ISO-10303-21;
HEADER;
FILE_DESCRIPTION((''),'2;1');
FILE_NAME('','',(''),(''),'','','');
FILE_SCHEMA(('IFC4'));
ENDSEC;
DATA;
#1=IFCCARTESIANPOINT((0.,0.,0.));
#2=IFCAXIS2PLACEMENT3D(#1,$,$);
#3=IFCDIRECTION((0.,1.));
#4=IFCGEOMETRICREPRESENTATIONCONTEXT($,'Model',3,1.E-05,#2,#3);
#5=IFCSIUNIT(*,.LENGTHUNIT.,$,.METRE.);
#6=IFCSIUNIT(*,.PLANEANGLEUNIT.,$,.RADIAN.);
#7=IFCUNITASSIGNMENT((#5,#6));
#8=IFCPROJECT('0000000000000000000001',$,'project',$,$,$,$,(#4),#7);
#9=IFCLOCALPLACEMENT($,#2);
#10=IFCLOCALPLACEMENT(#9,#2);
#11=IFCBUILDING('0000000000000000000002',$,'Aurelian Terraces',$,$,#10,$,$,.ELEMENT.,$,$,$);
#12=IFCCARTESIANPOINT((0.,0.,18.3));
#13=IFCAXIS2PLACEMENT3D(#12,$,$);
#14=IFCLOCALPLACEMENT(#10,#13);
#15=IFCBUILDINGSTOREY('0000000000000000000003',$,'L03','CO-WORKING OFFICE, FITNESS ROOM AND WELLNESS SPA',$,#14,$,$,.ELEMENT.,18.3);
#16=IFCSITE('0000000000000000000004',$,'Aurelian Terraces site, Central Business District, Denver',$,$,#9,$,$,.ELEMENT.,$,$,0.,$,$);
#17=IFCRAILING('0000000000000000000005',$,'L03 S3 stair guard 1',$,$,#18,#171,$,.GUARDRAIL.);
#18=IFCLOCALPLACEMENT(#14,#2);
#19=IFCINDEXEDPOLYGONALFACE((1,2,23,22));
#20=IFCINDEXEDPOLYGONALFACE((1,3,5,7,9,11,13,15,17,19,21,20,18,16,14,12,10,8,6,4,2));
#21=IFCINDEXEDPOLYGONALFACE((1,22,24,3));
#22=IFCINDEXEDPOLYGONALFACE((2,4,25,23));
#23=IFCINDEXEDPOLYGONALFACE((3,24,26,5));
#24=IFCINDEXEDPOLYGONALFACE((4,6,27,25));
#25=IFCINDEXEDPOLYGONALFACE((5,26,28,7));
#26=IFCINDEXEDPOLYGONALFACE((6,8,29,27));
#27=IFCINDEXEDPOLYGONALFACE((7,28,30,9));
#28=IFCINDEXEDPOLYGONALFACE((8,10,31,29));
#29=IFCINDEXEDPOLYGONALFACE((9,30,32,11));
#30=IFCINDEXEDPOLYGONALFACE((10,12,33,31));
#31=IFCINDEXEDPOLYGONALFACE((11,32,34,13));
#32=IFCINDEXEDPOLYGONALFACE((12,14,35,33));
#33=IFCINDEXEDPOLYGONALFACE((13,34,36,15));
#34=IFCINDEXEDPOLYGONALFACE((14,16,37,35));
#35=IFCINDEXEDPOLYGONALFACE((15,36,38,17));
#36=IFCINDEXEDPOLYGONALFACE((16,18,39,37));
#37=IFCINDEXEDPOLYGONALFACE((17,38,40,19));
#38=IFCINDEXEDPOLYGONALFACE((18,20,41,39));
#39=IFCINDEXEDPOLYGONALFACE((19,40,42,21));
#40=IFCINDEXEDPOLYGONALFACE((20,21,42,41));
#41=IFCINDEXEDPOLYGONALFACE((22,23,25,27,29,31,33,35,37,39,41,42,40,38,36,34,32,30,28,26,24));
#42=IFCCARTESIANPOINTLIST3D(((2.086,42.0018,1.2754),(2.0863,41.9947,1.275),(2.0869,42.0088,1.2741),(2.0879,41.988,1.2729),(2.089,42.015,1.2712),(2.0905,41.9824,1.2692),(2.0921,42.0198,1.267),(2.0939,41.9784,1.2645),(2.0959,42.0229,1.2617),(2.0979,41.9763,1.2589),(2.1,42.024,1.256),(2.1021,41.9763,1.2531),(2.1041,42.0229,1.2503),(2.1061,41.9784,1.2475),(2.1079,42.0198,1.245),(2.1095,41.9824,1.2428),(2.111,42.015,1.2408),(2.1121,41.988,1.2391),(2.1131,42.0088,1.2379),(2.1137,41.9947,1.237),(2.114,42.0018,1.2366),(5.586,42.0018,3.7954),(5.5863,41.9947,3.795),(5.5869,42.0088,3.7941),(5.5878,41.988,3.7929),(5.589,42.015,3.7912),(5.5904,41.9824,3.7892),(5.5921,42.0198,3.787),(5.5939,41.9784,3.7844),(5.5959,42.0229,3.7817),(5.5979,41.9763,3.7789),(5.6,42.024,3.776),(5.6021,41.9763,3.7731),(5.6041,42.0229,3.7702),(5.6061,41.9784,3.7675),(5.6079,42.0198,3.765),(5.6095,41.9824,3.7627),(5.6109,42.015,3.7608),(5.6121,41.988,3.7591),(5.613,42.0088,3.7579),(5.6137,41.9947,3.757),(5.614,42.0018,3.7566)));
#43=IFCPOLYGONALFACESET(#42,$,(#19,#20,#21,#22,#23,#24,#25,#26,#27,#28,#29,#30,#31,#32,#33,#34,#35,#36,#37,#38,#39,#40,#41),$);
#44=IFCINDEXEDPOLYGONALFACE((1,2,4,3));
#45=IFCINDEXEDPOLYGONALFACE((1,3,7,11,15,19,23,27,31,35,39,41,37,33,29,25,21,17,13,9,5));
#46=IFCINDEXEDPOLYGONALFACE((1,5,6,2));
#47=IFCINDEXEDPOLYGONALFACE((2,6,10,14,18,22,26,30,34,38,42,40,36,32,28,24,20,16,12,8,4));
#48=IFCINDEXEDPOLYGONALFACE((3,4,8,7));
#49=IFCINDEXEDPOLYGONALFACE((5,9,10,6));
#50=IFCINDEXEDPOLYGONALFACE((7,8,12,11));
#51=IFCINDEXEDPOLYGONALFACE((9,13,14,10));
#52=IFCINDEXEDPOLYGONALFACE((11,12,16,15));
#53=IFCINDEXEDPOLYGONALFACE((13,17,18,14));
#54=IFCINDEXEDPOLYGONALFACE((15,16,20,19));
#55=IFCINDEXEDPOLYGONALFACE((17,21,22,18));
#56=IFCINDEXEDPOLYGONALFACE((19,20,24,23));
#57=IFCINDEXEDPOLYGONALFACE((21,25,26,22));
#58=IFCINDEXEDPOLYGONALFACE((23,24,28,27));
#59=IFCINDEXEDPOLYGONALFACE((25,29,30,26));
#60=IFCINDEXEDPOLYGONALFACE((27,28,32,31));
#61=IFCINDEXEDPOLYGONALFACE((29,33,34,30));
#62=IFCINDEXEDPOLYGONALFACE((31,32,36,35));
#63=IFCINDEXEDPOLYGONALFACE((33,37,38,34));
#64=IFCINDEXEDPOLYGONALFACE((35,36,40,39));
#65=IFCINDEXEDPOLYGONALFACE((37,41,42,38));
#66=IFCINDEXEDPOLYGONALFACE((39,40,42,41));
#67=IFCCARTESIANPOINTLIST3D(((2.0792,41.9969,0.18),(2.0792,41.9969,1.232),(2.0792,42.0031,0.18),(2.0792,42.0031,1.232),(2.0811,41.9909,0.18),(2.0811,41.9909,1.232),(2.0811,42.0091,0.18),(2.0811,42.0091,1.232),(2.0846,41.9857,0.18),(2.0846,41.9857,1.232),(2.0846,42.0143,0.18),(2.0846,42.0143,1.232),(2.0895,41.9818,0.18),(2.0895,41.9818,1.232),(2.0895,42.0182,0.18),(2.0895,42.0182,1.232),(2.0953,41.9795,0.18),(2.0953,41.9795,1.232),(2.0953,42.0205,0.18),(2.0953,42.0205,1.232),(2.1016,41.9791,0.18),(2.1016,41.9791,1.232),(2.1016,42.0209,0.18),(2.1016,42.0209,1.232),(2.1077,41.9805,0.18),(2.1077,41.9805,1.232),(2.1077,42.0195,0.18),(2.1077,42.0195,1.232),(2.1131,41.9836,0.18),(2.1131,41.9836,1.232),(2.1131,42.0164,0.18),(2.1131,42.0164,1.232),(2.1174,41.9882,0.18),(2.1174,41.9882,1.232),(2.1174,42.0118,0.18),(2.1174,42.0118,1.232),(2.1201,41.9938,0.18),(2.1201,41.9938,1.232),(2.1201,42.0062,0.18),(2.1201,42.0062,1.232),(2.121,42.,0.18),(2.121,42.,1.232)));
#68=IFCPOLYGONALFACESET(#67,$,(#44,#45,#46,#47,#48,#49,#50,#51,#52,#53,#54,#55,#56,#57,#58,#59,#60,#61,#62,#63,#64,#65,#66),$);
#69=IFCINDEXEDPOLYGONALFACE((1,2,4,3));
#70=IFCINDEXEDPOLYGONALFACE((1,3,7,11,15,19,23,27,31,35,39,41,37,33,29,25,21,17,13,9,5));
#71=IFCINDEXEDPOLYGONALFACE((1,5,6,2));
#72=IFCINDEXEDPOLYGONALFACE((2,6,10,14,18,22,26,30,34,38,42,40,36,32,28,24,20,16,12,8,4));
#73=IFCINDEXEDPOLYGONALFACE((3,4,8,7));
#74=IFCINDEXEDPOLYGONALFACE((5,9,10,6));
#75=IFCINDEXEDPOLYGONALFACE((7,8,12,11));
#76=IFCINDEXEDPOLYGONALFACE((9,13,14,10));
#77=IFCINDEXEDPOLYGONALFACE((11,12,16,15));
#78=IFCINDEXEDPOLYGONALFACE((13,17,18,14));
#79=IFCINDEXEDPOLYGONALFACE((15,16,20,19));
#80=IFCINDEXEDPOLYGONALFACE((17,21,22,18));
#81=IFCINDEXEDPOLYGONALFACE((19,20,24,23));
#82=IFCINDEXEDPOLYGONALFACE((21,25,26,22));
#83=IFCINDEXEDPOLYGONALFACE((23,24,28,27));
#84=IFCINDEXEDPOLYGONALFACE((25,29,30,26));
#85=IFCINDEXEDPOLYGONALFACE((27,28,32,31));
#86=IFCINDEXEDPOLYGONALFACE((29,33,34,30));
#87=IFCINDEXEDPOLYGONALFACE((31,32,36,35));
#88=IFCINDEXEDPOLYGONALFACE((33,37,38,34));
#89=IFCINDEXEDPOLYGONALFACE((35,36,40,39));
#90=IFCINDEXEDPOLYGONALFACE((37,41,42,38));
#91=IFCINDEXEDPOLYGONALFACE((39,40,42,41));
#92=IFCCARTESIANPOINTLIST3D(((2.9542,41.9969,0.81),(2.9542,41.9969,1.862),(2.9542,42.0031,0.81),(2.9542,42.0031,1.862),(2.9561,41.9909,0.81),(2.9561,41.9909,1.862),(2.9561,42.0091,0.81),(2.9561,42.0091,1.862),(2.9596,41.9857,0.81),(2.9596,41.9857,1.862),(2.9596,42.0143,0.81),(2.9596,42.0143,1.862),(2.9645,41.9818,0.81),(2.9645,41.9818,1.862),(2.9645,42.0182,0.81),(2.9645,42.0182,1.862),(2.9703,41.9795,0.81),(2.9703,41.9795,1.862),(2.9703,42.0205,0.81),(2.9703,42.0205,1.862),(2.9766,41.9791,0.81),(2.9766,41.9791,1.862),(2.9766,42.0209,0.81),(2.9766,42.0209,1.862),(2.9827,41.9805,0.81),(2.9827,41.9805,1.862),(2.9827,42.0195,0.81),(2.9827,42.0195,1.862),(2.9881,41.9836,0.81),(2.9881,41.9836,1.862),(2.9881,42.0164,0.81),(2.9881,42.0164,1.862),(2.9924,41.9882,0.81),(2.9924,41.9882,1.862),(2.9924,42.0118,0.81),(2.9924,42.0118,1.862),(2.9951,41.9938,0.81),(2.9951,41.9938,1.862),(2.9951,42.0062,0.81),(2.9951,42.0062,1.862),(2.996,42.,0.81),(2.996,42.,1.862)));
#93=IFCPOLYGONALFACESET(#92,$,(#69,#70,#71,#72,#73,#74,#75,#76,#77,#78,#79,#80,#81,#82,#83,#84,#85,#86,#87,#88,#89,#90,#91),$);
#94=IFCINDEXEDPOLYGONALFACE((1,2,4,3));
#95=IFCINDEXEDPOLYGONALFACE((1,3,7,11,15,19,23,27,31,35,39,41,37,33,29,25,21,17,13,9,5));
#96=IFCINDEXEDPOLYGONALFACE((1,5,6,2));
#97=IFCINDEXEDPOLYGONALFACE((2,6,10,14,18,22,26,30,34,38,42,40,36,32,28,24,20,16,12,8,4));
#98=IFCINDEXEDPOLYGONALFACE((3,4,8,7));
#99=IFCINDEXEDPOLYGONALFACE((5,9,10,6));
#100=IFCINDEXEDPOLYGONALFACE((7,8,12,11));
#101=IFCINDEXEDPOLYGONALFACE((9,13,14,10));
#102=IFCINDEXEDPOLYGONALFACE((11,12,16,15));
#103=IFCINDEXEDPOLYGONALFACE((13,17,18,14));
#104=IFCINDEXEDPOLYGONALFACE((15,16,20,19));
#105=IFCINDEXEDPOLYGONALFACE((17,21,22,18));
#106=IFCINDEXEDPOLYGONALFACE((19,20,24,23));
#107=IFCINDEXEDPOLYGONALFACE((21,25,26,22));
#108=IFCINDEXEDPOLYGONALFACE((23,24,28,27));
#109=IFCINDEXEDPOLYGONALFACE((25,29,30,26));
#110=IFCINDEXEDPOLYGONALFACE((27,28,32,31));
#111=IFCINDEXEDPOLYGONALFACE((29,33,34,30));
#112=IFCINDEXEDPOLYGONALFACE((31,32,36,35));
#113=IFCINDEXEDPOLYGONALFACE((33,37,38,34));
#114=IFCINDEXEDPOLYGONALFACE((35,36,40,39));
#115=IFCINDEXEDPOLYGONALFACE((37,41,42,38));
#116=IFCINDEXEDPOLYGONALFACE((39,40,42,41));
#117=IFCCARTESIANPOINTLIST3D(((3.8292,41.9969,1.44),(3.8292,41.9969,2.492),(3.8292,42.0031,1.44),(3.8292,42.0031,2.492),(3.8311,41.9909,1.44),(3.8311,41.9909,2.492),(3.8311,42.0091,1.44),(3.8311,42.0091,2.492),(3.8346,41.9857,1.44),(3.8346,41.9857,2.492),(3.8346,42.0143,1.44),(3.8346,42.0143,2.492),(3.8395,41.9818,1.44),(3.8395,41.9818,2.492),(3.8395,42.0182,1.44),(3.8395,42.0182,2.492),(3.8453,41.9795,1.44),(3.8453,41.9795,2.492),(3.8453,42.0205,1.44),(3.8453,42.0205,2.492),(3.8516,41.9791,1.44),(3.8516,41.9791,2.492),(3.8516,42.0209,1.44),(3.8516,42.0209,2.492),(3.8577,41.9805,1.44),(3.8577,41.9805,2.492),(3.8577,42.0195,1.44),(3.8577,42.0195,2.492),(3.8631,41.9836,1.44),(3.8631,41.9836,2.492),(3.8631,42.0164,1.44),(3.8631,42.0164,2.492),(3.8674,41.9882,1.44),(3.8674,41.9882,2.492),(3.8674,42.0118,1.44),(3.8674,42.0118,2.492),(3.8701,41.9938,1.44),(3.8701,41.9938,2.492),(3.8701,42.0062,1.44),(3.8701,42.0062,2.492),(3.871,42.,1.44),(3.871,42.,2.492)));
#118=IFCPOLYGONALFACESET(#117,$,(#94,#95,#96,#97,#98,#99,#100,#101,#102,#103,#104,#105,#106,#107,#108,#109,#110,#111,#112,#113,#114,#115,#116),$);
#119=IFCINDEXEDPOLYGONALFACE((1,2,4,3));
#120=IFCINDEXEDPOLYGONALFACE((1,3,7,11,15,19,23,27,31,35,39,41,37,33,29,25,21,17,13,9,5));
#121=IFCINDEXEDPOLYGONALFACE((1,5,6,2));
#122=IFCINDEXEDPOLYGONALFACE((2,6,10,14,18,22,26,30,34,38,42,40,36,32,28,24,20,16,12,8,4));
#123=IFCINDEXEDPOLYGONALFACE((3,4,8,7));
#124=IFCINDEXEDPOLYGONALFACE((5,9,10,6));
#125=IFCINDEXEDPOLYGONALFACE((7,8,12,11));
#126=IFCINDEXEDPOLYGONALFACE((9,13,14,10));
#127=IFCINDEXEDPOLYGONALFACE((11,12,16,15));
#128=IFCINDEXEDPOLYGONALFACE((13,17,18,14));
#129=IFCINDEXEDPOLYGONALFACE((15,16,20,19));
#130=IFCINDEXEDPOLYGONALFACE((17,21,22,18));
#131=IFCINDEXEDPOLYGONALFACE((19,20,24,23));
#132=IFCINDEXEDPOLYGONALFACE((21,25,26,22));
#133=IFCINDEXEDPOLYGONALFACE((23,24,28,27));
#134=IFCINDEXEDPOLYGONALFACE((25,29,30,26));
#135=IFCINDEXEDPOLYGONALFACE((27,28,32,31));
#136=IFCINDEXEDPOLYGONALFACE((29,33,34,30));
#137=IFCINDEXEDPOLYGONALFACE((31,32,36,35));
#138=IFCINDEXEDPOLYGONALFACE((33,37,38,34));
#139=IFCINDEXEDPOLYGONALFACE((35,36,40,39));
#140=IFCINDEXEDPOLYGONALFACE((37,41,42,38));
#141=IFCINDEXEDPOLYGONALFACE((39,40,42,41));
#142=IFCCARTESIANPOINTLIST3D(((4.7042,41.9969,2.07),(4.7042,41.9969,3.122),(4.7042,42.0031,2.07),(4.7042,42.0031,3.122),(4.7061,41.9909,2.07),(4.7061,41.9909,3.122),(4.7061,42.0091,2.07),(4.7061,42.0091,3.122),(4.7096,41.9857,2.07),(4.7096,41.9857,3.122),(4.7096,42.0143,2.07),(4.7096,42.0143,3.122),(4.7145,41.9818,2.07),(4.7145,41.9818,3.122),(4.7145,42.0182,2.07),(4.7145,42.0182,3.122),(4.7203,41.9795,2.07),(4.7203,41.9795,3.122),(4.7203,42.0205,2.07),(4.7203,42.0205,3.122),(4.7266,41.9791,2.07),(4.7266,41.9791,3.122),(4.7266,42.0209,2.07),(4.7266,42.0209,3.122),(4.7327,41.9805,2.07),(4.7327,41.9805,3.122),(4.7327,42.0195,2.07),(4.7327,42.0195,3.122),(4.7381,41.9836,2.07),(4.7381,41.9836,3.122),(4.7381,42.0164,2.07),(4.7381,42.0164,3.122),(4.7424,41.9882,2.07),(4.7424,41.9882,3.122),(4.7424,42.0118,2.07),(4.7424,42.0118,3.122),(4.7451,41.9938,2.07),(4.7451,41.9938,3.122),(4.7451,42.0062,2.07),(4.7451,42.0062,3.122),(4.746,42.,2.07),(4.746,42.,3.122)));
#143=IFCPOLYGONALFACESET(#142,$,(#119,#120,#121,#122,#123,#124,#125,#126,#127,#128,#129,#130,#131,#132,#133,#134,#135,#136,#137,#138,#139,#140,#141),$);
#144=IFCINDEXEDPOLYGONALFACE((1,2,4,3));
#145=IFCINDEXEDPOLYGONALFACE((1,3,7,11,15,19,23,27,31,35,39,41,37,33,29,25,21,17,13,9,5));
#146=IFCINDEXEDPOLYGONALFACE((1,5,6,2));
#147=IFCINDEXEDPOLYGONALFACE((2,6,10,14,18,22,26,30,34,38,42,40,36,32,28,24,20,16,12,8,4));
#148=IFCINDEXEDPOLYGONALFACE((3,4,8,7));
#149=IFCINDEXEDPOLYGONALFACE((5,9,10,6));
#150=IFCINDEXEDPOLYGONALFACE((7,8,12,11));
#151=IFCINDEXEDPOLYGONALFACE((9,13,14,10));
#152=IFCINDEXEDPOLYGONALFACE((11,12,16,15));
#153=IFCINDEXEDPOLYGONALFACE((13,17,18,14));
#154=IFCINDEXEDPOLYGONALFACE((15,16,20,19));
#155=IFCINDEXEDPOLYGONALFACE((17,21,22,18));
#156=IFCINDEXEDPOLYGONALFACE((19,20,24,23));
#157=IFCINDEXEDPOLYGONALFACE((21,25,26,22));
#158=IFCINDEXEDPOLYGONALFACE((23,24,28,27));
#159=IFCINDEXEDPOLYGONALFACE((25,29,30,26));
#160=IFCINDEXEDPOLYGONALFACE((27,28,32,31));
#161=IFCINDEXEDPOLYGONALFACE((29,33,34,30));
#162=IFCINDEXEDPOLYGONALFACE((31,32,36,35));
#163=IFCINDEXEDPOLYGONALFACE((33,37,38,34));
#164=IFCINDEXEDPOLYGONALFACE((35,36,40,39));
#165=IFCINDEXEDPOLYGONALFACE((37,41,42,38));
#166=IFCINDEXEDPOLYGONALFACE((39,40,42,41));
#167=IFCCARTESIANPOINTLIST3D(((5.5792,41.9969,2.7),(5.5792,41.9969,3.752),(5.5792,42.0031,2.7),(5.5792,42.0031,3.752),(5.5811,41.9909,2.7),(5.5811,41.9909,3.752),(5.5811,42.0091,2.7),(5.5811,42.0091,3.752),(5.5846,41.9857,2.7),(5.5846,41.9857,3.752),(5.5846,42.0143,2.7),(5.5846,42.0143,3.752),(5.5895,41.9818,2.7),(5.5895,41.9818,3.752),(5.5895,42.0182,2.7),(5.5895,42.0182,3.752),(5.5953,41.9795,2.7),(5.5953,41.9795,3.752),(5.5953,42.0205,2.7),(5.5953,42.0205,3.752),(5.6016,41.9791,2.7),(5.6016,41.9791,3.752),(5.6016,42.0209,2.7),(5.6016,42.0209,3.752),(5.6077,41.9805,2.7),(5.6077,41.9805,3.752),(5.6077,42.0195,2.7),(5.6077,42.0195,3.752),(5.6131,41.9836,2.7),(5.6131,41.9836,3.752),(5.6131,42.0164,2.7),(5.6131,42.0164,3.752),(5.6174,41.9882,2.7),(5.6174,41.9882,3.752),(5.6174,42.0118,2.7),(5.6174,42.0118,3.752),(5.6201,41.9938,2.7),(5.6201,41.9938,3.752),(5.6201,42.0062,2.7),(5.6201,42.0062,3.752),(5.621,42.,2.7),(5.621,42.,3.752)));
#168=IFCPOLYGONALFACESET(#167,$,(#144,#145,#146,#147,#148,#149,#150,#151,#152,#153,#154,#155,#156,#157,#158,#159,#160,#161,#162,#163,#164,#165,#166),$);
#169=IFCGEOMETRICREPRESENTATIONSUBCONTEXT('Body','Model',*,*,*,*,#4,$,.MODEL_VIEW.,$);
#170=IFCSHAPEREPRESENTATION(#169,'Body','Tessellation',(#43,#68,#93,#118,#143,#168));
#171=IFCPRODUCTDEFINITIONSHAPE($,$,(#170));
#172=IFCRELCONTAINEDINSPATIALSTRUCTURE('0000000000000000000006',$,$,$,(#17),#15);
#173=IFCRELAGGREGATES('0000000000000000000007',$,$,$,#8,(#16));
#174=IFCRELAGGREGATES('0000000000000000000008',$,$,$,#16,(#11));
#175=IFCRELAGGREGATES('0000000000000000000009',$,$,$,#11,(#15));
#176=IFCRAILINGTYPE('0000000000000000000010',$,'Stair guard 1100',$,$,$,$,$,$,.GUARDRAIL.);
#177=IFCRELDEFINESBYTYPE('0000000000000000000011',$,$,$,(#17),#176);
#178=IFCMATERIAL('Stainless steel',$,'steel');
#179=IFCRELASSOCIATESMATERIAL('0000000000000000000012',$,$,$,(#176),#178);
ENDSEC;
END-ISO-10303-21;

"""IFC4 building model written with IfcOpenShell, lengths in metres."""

from ifc_helpers import new_model, si_unit, direction, frame, origin, origin_2d, place, context, subcontext, project, spatial, circle, extrude, source, transform, mapped, material, type_object, element, save


model = new_model("IFC4")

# Units and contexts
model_context = context("Model", 3, precision=1e-05, world=origin(), true_north=direction((0.0, 1.0)))
body_context = subcontext(model_context, "Body", "Model", "MODEL_VIEW")
ifc_project = project(units=[si_unit("LENGTHUNIT", "METRE"), si_unit("PLANEANGLEUNIT", "RADIAN")], contexts=[model_context])

# Site, building, storey
site_placement = place(None, origin())
site = spatial("IfcSite", under=ifc_project, at=site_placement, Name="Aurelian Terraces site, Central Business District, Denver", CompositionType="ELEMENT", RefElevation=0.0)
building_placement = place(site_placement, origin())
building = spatial("IfcBuilding", under=site, at=building_placement, Name="Aurelian Terraces", CompositionType="ELEMENT")
storey_placement = place(building_placement, frame((0.0, 0.0, 18.3)))
storey = spatial("IfcBuildingStorey", under=building, at=storey_placement, Name="L03", Description="CO-WORKING OFFICE, FITNESS ROOM AND WELLNESS SPA", CompositionType="ELEMENT", Elevation=18.3)

# Railing
ifc_material_1 = material(Name="Stainless steel", Category="steel")
railing_type_1 = type_object("IfcRailingType", Name="Stair guard 1100", PredefinedType="GUARDRAIL", material=ifc_material_1)
shared_shape_1 = source(origin(), body_context, "Body", "SweptSolid", [
    extrude(circle(Radius=0.024, at=origin_2d()), frame((0.0, 0.0, 1.076), z_axis=(0.811534, 0.0, 0.584305), x_axis=(0.0, 1.0, 0.0)), (0.0, 0.0, 1.0), 4.3128),
    extrude(circle(Radius=0.021, at=origin_2d()), origin(), (0.0, 0.0, 1.0), 1.052),
    extrude(circle(Radius=0.021, at=origin_2d()), frame((0.875, 0.0, 0.63)), (0.0, 0.0, 1.0), 1.052),
    extrude(circle(Radius=0.021, at=origin_2d()), frame((1.75, 0.0, 1.26)), (0.0, 0.0, 1.0), 1.052),
    extrude(circle(Radius=0.021, at=origin_2d()), frame((2.625, 0.0, 1.89)), (0.0, 0.0, 1.0), 1.052),
    extrude(circle(Radius=0.021, at=origin_2d()), frame((3.5, 0.0, 2.52)), (0.0, 0.0, 1.0), 1.052),
])
for number, where, name in (
    (1, (2.1, 42.0, 0.18), "L03 S3 stair guard 1"),
):
    element("IfcRailing", number, at=place(storey_placement, frame(where)), inside=storey, type_object=railing_type_1, Name=name, PredefinedType="GUARDRAIL", context=body_context, shape_type="MappedRepresentation", body=[
        mapped(shared_shape_1, transform((0.0, 0.0, 0.0), scale=1.0)),
    ])

save(model, "model.ifc")
